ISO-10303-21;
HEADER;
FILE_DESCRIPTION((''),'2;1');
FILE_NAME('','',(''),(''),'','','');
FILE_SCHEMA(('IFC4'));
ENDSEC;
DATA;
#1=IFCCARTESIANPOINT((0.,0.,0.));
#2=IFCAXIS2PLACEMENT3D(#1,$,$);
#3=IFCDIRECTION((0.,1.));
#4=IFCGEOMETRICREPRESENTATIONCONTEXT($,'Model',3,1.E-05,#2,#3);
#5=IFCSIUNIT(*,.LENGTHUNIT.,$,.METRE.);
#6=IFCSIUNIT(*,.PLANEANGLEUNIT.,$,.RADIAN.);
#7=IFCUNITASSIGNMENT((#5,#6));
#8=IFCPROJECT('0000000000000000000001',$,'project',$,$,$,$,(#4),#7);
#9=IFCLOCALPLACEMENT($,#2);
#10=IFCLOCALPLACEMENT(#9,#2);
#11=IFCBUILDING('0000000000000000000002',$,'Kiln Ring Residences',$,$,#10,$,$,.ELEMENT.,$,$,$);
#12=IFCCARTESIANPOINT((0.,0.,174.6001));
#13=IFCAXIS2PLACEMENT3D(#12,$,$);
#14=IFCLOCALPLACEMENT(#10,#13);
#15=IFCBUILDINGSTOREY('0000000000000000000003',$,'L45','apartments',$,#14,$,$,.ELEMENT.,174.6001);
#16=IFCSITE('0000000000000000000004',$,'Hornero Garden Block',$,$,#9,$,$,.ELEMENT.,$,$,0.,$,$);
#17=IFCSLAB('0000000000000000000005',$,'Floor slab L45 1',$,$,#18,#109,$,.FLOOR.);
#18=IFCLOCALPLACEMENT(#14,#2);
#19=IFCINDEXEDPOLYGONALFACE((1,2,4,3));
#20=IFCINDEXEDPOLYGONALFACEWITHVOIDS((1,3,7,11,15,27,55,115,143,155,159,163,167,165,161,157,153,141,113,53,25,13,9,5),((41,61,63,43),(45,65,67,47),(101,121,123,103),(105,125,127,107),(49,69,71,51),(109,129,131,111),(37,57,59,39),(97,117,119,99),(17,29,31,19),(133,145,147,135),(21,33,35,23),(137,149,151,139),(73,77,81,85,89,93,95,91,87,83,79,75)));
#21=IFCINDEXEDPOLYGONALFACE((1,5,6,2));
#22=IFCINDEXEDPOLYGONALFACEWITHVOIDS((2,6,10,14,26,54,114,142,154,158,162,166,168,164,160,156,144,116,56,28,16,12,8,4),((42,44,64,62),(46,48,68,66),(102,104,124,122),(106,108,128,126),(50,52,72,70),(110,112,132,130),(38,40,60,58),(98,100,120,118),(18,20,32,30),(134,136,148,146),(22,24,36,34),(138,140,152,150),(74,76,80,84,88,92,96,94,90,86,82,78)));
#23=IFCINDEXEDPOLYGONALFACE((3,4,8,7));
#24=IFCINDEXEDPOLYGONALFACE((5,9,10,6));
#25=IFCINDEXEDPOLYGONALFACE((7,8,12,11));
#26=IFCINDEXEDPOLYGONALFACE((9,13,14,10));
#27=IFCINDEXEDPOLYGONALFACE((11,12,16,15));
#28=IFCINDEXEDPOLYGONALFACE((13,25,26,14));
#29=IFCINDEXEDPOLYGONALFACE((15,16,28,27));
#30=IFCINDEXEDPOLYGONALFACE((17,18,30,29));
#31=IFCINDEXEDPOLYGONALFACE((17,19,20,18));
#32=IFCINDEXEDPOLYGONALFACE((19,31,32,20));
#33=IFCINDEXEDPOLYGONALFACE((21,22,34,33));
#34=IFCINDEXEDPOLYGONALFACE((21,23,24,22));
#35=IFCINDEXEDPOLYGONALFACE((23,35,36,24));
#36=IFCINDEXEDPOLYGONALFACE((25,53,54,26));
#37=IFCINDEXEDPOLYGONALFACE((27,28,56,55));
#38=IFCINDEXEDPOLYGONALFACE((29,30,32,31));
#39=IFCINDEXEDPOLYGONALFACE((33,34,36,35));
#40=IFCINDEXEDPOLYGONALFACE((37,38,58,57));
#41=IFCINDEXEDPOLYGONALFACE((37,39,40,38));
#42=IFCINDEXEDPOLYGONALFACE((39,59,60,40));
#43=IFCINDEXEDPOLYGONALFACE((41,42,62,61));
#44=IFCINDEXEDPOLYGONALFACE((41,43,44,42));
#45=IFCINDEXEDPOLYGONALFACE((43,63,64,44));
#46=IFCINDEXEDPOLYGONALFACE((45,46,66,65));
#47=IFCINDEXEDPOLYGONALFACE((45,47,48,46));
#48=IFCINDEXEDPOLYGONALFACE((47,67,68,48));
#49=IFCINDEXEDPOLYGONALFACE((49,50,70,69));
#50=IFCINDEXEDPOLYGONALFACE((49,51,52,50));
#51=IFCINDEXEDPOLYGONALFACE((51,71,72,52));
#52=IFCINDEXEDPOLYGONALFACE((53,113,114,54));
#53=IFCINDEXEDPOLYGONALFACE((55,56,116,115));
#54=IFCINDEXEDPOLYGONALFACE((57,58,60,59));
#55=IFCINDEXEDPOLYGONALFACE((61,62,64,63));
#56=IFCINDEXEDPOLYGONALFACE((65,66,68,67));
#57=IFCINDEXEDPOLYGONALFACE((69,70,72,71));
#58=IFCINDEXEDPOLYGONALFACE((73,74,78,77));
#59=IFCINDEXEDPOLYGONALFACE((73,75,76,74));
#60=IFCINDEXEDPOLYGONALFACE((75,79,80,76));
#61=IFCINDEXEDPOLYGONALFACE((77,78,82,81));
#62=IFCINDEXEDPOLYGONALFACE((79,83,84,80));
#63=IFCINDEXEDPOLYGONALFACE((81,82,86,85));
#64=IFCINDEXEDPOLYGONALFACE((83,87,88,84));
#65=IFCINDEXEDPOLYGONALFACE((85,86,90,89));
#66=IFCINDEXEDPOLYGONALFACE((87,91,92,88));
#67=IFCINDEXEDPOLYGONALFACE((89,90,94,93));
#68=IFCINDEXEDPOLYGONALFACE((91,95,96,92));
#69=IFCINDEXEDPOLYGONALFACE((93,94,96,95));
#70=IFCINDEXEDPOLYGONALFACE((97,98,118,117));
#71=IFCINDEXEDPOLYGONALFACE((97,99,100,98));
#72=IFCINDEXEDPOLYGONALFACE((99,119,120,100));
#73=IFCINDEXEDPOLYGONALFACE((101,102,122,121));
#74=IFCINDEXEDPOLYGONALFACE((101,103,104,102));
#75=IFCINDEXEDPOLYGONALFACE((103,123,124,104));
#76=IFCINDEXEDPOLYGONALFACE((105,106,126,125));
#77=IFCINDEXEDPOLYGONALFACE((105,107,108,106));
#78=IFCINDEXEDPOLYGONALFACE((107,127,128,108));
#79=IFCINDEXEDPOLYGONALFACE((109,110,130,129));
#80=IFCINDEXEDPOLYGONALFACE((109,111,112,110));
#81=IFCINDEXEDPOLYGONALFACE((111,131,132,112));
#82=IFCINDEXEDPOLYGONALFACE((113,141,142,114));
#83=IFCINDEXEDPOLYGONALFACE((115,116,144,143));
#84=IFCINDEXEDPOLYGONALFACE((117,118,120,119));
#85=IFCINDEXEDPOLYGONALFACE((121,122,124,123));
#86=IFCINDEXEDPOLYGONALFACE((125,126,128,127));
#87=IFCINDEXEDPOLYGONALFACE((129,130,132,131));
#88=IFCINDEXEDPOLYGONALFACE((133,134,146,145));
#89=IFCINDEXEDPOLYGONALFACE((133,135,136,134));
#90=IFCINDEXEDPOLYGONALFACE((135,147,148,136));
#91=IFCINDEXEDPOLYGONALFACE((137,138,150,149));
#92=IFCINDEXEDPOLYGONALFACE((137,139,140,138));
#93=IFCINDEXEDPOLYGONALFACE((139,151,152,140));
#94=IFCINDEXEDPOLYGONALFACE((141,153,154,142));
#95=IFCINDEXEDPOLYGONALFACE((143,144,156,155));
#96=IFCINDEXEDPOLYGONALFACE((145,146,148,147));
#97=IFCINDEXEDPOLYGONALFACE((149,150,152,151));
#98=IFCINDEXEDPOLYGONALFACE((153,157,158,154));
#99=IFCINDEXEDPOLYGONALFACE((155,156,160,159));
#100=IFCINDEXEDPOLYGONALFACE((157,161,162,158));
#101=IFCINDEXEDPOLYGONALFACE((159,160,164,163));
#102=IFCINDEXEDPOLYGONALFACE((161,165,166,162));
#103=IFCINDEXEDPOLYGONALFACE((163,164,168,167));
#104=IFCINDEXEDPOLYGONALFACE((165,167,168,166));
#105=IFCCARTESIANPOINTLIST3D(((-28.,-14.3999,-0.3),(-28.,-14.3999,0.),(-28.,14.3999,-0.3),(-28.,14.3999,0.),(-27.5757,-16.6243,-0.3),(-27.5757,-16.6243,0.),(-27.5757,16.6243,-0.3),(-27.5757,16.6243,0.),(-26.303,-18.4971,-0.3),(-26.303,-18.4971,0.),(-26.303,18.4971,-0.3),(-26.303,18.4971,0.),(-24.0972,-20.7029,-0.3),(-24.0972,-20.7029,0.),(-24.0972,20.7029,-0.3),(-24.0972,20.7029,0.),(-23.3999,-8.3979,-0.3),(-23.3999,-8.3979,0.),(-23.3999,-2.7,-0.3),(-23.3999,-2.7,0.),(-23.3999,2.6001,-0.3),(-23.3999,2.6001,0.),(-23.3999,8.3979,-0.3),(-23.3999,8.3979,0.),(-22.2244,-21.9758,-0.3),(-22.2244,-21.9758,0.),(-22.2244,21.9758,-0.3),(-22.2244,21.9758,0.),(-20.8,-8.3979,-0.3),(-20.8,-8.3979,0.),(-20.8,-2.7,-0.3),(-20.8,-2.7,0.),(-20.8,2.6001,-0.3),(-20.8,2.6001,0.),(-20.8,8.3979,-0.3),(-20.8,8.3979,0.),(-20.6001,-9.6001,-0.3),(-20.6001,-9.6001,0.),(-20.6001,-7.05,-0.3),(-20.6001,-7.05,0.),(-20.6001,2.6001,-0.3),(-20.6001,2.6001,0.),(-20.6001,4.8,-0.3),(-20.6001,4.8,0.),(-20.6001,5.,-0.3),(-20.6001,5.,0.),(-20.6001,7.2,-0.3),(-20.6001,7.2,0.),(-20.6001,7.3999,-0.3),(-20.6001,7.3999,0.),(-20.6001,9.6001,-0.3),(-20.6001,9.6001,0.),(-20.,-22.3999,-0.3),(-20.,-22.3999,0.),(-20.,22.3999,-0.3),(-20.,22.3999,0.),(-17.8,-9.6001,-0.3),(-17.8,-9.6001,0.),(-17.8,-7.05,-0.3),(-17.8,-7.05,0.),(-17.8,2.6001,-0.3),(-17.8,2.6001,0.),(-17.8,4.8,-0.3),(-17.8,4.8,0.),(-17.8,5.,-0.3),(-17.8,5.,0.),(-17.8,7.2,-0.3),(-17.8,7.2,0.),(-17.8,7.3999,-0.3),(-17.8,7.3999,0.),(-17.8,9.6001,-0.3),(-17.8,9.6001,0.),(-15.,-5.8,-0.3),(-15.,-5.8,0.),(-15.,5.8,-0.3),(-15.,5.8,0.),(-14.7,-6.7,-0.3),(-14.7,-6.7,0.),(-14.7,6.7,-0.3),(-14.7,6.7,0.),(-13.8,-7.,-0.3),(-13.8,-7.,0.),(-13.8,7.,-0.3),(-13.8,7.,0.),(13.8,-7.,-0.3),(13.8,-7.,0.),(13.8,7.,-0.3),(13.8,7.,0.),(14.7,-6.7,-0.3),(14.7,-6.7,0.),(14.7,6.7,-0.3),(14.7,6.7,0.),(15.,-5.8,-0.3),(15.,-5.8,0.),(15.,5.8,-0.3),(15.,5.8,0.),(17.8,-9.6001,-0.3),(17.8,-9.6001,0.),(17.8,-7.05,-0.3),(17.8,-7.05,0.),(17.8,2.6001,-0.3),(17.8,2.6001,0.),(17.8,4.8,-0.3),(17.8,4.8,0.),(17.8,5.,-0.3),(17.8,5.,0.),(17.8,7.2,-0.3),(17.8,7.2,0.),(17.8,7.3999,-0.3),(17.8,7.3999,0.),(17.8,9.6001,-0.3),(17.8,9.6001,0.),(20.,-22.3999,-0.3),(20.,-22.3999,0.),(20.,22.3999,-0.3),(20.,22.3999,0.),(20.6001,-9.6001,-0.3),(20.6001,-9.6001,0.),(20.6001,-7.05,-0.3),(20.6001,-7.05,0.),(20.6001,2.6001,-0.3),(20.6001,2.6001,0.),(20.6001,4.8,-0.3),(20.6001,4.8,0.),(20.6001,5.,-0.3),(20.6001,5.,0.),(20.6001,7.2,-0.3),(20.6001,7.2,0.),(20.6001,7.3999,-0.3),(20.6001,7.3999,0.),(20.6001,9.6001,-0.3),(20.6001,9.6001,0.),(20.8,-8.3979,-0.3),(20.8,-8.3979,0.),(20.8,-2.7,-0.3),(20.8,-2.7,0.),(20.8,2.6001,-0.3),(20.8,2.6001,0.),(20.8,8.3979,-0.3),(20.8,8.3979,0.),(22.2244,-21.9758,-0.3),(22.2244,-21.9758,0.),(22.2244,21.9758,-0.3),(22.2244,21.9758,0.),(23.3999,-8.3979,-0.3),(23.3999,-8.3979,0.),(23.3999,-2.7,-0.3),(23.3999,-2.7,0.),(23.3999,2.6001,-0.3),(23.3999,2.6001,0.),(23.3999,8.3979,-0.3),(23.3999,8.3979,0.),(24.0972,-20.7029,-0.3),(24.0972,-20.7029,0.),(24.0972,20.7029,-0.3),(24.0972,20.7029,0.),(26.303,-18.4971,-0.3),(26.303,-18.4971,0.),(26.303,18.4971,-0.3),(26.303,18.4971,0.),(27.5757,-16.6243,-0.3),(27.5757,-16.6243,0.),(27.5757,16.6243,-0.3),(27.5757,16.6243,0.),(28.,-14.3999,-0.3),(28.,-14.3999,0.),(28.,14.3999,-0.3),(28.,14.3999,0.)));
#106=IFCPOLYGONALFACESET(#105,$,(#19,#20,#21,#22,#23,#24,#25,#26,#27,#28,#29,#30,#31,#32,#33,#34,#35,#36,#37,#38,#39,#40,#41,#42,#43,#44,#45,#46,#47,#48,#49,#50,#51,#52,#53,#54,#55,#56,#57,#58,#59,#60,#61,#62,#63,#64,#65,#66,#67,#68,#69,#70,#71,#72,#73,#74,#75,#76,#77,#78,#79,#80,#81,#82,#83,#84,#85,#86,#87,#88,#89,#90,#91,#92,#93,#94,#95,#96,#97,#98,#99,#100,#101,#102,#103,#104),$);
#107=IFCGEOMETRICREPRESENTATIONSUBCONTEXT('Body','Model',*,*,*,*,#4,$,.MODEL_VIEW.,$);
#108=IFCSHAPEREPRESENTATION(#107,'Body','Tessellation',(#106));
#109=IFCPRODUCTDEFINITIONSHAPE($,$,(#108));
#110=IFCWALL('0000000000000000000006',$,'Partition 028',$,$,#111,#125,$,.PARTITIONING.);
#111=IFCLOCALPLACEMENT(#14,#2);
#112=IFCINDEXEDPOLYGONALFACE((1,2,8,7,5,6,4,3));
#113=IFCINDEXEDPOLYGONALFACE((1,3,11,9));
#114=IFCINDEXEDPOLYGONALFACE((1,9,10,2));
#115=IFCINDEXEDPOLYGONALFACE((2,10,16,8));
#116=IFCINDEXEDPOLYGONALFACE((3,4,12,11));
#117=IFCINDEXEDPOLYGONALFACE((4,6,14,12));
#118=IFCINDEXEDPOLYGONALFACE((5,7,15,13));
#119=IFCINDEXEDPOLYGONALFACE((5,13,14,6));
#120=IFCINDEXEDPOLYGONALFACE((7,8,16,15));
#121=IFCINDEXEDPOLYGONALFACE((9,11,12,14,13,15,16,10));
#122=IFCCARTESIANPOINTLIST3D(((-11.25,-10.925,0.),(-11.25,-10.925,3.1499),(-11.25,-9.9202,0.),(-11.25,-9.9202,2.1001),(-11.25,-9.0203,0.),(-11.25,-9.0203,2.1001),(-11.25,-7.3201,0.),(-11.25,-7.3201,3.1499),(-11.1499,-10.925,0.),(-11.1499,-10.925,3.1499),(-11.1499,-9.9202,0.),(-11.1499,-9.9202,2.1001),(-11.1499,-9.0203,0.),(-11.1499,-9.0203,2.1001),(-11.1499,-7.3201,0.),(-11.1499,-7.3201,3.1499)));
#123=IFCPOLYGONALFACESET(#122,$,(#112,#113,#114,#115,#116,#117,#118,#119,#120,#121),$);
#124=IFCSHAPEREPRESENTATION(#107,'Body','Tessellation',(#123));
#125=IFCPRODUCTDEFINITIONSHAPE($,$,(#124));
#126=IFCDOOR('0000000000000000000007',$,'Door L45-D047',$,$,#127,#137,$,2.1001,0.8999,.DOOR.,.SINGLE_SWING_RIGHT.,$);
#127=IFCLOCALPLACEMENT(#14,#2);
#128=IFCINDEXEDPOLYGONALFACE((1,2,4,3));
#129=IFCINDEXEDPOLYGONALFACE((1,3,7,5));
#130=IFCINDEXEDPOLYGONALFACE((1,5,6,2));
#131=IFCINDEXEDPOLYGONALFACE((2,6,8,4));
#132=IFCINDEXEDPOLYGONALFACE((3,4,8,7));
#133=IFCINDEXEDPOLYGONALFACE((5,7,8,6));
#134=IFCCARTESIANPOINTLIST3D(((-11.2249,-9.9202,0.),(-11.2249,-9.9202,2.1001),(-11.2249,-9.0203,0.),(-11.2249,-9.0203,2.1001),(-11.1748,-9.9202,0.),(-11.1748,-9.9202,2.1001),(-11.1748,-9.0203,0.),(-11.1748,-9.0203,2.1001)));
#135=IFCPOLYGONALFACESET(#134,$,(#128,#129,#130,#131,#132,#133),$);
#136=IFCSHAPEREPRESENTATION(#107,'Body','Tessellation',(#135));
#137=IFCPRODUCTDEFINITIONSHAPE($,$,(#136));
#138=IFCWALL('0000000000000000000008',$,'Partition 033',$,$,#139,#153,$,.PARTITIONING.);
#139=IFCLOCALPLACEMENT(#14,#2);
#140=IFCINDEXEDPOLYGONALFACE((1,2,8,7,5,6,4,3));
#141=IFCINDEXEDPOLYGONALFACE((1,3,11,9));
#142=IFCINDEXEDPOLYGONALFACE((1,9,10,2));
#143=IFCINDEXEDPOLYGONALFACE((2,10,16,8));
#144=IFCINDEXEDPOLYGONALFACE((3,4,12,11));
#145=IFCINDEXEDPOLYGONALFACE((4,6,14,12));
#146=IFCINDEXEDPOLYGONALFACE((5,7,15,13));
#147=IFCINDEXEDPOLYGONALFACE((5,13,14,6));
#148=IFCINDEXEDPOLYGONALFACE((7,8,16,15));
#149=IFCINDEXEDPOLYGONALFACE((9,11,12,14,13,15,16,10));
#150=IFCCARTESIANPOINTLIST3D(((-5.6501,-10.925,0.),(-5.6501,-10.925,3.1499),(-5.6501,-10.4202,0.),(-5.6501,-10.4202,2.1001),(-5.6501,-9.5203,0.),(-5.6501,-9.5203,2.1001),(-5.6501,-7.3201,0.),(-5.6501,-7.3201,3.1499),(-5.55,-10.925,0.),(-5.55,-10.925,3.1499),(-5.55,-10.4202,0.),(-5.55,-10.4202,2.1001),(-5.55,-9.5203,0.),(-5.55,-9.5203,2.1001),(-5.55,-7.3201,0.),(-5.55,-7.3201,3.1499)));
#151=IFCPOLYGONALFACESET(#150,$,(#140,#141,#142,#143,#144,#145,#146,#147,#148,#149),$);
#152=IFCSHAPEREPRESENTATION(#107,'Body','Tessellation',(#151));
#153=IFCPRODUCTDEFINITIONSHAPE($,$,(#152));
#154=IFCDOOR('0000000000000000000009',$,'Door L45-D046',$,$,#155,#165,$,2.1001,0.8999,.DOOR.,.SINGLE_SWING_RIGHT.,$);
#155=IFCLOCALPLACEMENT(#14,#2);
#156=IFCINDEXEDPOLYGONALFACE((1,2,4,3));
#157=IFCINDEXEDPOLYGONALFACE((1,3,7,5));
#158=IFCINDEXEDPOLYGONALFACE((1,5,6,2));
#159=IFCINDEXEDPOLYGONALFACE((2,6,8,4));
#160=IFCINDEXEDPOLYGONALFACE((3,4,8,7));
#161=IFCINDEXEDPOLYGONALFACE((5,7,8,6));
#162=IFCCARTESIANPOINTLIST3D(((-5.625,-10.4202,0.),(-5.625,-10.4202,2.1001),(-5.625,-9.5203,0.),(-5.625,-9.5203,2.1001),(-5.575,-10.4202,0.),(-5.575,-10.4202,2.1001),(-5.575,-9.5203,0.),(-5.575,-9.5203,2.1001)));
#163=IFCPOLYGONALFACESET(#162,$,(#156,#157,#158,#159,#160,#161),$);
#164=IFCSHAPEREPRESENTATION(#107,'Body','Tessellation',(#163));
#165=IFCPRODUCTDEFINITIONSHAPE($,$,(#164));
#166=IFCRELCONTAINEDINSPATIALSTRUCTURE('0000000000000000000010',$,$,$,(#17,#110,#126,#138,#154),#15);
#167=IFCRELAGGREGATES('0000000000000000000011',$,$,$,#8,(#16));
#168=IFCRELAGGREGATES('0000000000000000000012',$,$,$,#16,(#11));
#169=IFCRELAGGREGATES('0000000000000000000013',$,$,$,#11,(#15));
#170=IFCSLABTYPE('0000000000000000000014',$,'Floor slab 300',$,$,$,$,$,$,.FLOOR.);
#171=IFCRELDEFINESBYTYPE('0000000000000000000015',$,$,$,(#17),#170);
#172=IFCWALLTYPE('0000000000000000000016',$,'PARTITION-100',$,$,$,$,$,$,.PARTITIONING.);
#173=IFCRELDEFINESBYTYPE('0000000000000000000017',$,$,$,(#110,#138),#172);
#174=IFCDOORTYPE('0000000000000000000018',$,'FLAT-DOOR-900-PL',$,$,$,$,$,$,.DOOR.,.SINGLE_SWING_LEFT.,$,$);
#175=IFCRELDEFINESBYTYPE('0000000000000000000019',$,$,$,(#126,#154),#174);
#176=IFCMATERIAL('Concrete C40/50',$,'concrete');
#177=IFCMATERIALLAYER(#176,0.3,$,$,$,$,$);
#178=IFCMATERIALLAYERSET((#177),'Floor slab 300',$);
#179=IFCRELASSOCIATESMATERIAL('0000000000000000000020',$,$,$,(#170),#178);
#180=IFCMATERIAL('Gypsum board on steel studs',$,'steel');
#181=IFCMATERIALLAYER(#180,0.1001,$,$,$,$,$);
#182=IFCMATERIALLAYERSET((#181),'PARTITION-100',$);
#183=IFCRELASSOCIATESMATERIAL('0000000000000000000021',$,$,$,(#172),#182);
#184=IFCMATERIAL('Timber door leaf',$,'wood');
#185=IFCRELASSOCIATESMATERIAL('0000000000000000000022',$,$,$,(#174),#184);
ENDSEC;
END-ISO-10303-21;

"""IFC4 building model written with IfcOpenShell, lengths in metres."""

from ifc_helpers import new_model, si_unit, direction, frame, frame_2d, origin, place, context, subcontext, project, spatial, polyline, rectangle, outline, extrude, material, layer, layer_set, type_object, element, fill, save


model = new_model("IFC4")

# Units and contexts
model_context = context("Model", 3, precision=1e-05, world=origin(), true_north=direction((0.0, 1.0)))
body_context = subcontext(model_context, "Body", "Model", "MODEL_VIEW")
ifc_project = project(units=[si_unit("LENGTHUNIT", "METRE"), si_unit("PLANEANGLEUNIT", "RADIAN")], contexts=[model_context])

# Site, building, storey
site_placement = place(None, origin())
site = spatial("IfcSite", under=ifc_project, at=site_placement, Name="Hornero Garden Block", CompositionType="ELEMENT", RefElevation=0.0)
building_placement = place(site_placement, origin())
building = spatial("IfcBuilding", under=site, at=building_placement, Name="Kiln Ring Residences", CompositionType="ELEMENT")
storey_placement = place(building_placement, frame((0.0, 0.0, 174.6001)))
storey = spatial("IfcBuildingStorey", under=building, at=storey_placement, Name="L45", Description="apartments", CompositionType="ELEMENT", Elevation=174.6001)

# Slab
ifc_material_1 = material(Name="Concrete C40/50", Category="concrete")
ifc_layer_1 = layer(ifc_material_1, 0.3)
ifc_layer_set_1 = layer_set([ifc_layer_1], Name="Floor slab 300")
slab_type = type_object("IfcSlabType", Name="Floor slab 300", PredefinedType="FLOOR", material=ifc_layer_set_1)
slab_placement = place(storey_placement, frame((0.0, 0.0, -0.3)))
element("IfcSlab", 1, at=slab_placement, inside=storey, type_object=slab_type, Name="Floor slab L45 1", PredefinedType="FLOOR", context=body_context, shape_type="SweptSolid", body=[
    extrude(outline(polyline([(-26.303, -18.4971), (-24.0972, -20.7029), (-22.2244, -21.9758), (-20.0, -22.3999), (20.0, -22.3999), (22.2244, -21.9758), (24.0972, -20.7029), (26.303, -18.4971), (27.5757, -16.6243), (28.0, -14.3999), (28.0, 14.3999), (27.5757, 16.6243), (26.303, 18.4971), (24.0972, 20.7029), (22.2244, 21.9758), (20.0, 22.3999), (-20.0, 22.3999), (-22.2244, 21.9758), (-24.0972, 20.7029), (-26.303, 18.4971), (-27.5757, 16.6243), (-28.0, 14.3999), (-28.0, -14.3999), (-27.5757, -16.6243), (-26.303, -18.4971)]), holes=[polyline([(-14.7, -6.7), (-15.0, -5.8), (-15.0, 5.8), (-14.7, 6.7), (-13.8, 7.0), (13.8, 7.0), (14.7, 6.7), (15.0, 5.8), (15.0, -5.8), (14.7, -6.7), (13.8, -7.0), (-13.8, -7.0), (-14.7, -6.7)]), polyline([(20.8, -8.3979), (20.8, -2.7), (23.3999, -2.7), (23.3999, -8.3979), (20.8, -8.3979)]), polyline([(23.3999, 2.6001), (20.8, 2.6001), (20.8, 8.3979), (23.3999, 8.3979), (23.3999, 2.6001)]), polyline([(17.8, 2.6001), (17.8, 4.8), (20.6001, 4.8), (20.6001, 2.6001), (17.8, 2.6001)]), polyline([(17.8, 5.0), (17.8, 7.2), (20.6001, 7.2), (20.6001, 5.0), (17.8, 5.0)]), polyline([(17.8, 7.3999), (17.8, 9.6001), (20.6001, 9.6001), (20.6001, 7.3999), (17.8, 7.3999)]), polyline([(20.6001, -9.6001), (17.8, -9.6001), (17.8, -7.05), (20.6001, -7.05), (20.6001, -9.6001)]), polyline([(-17.8, -7.05), (-17.8, -9.6001), (-20.6001, -9.6001), (-20.6001, -7.05), (-17.8, -7.05)]), polyline([(-17.8, 2.6001), (-20.6001, 2.6001), (-20.6001, 4.8), (-17.8, 4.8), (-17.8, 2.6001)]), polyline([(-17.8, 5.0), (-20.6001, 5.0), (-20.6001, 7.2), (-17.8, 7.2), (-17.8, 5.0)]), polyline([(-17.8, 7.3999), (-20.6001, 7.3999), (-20.6001, 9.6001), (-17.8, 9.6001), (-17.8, 7.3999)]), polyline([(-20.8, -8.3979), (-23.3999, -8.3979), (-23.3999, -2.7), (-20.8, -2.7), (-20.8, -8.3979)]), polyline([(-20.8, 8.3979), (-20.8, 2.6001), (-23.3999, 2.6001), (-23.3999, 8.3979), (-20.8, 8.3979)])]), origin(), (0.0, 0.0, 1.0), 0.3),
])

# Walls, openings, doors
ifc_material_2 = material(Name="Gypsum board on steel studs", Category="steel")
ifc_layer_2 = layer(ifc_material_2, 0.1001)
ifc_layer_set_2 = layer_set([ifc_layer_2], Name="PARTITION-100")
wall_type = type_object("IfcWallType", Name="PARTITION-100", PredefinedType="PARTITIONING", material=ifc_layer_set_2)
wall_1_placement = place(storey_placement, frame((-11.2, -10.925, 0.0), z_axis=(0.0, 0.0, 1.0), x_axis=(0.0, 1.0, 0.0)))
wall_1 = element("IfcWall", 2, at=wall_1_placement, inside=storey, type_object=wall_type, Name="Partition 028", PredefinedType="PARTITIONING", context=body_context, shape_type="SweptSolid", body=[
    extrude(rectangle(XDim=3.605, YDim=0.1001, at=frame_2d((1.8025, 0.0))), origin(), (0.0, 0.0, 1.0), 3.1499),
])
opening_1_placement = place(wall_1_placement, frame((1.0049, 0.0, 0.0)))
opening_1 = element("IfcOpeningElement", 3, at=opening_1_placement, cuts=wall_1, PredefinedType="OPENING", context=body_context, shape_type="SweptSolid", body=[
    extrude(rectangle(XDim=0.8999, YDim=2.1001, at=frame_2d((0.45, 1.05))), frame((0.0, 0.0601, 0.0), z_axis=(0.0, -1.0, 0.0), x_axis=(1.0, 0.0, 0.0)), (0.0, 0.0, 1.0), 0.1201),
])
ifc_material_3 = material(Name="Timber door leaf", Category="wood")
door_type_1 = type_object("IfcDoorType", Name="FLAT-DOOR-900-PL", OperationType="SINGLE_SWING_LEFT", PredefinedType="DOOR", material=ifc_material_3)
door_1_placement = place(opening_1_placement, origin())
door_1 = element("IfcDoor", 4, at=door_1_placement, inside=storey, type_object=door_type_1, Name="Door L45-D047", OperationType="SINGLE_SWING_RIGHT", OverallHeight=2.1001, OverallWidth=0.8999, PredefinedType="DOOR", context=body_context, shape_type="SweptSolid", body=[
    extrude(rectangle(XDim=0.8999, YDim=2.1001, at=frame_2d((0.45, 1.05))), frame((0.0, 0.0249, 0.0), z_axis=(0.0, -1.0, 0.0), x_axis=(1.0, 0.0, 0.0)), (0.0, 0.0, 1.0), 0.05),
])
fill(opening_1, door_1)
wall_2_placement = place(storey_placement, frame((-5.6001, -10.925, 0.0), z_axis=(0.0, 0.0, 1.0), x_axis=(0.0, 1.0, 0.0)))
wall_2 = element("IfcWall", 5, at=wall_2_placement, inside=storey, type_object=wall_type, Name="Partition 033", PredefinedType="PARTITIONING", context=body_context, shape_type="SweptSolid", body=[
    extrude(rectangle(XDim=3.605, YDim=0.1001, at=frame_2d((1.8025, 0.0))), origin(), (0.0, 0.0, 1.0), 3.1499),
])
opening_2_placement = place(wall_2_placement, frame((0.5049, 0.0, 0.0)))
opening_2 = element("IfcOpeningElement", 6, at=opening_2_placement, cuts=wall_2, PredefinedType="OPENING", context=body_context, shape_type="SweptSolid", body=[
    extrude(rectangle(XDim=0.8999, YDim=2.1001, at=frame_2d((0.45, 1.05))), frame((0.0, 0.0601, 0.0), z_axis=(0.0, -1.0, 0.0), x_axis=(1.0, 0.0, 0.0)), (0.0, 0.0, 1.0), 0.1201),
])
door_2_placement = place(opening_2_placement, origin())
door_2 = element("IfcDoor", 7, at=door_2_placement, inside=storey, type_object=door_type_1, Name="Door L45-D046", OperationType="SINGLE_SWING_RIGHT", OverallHeight=2.1001, OverallWidth=0.8999, PredefinedType="DOOR", context=body_context, shape_type="SweptSolid", body=[
    extrude(rectangle(XDim=0.8999, YDim=2.1001, at=frame_2d((0.45, 1.05))), frame((0.0, 0.0249, 0.0), z_axis=(0.0, -1.0, 0.0), x_axis=(1.0, 0.0, 0.0)), (0.0, 0.0, 1.0), 0.05),
])
fill(opening_2, door_2)

save(model, "model.ifc")
